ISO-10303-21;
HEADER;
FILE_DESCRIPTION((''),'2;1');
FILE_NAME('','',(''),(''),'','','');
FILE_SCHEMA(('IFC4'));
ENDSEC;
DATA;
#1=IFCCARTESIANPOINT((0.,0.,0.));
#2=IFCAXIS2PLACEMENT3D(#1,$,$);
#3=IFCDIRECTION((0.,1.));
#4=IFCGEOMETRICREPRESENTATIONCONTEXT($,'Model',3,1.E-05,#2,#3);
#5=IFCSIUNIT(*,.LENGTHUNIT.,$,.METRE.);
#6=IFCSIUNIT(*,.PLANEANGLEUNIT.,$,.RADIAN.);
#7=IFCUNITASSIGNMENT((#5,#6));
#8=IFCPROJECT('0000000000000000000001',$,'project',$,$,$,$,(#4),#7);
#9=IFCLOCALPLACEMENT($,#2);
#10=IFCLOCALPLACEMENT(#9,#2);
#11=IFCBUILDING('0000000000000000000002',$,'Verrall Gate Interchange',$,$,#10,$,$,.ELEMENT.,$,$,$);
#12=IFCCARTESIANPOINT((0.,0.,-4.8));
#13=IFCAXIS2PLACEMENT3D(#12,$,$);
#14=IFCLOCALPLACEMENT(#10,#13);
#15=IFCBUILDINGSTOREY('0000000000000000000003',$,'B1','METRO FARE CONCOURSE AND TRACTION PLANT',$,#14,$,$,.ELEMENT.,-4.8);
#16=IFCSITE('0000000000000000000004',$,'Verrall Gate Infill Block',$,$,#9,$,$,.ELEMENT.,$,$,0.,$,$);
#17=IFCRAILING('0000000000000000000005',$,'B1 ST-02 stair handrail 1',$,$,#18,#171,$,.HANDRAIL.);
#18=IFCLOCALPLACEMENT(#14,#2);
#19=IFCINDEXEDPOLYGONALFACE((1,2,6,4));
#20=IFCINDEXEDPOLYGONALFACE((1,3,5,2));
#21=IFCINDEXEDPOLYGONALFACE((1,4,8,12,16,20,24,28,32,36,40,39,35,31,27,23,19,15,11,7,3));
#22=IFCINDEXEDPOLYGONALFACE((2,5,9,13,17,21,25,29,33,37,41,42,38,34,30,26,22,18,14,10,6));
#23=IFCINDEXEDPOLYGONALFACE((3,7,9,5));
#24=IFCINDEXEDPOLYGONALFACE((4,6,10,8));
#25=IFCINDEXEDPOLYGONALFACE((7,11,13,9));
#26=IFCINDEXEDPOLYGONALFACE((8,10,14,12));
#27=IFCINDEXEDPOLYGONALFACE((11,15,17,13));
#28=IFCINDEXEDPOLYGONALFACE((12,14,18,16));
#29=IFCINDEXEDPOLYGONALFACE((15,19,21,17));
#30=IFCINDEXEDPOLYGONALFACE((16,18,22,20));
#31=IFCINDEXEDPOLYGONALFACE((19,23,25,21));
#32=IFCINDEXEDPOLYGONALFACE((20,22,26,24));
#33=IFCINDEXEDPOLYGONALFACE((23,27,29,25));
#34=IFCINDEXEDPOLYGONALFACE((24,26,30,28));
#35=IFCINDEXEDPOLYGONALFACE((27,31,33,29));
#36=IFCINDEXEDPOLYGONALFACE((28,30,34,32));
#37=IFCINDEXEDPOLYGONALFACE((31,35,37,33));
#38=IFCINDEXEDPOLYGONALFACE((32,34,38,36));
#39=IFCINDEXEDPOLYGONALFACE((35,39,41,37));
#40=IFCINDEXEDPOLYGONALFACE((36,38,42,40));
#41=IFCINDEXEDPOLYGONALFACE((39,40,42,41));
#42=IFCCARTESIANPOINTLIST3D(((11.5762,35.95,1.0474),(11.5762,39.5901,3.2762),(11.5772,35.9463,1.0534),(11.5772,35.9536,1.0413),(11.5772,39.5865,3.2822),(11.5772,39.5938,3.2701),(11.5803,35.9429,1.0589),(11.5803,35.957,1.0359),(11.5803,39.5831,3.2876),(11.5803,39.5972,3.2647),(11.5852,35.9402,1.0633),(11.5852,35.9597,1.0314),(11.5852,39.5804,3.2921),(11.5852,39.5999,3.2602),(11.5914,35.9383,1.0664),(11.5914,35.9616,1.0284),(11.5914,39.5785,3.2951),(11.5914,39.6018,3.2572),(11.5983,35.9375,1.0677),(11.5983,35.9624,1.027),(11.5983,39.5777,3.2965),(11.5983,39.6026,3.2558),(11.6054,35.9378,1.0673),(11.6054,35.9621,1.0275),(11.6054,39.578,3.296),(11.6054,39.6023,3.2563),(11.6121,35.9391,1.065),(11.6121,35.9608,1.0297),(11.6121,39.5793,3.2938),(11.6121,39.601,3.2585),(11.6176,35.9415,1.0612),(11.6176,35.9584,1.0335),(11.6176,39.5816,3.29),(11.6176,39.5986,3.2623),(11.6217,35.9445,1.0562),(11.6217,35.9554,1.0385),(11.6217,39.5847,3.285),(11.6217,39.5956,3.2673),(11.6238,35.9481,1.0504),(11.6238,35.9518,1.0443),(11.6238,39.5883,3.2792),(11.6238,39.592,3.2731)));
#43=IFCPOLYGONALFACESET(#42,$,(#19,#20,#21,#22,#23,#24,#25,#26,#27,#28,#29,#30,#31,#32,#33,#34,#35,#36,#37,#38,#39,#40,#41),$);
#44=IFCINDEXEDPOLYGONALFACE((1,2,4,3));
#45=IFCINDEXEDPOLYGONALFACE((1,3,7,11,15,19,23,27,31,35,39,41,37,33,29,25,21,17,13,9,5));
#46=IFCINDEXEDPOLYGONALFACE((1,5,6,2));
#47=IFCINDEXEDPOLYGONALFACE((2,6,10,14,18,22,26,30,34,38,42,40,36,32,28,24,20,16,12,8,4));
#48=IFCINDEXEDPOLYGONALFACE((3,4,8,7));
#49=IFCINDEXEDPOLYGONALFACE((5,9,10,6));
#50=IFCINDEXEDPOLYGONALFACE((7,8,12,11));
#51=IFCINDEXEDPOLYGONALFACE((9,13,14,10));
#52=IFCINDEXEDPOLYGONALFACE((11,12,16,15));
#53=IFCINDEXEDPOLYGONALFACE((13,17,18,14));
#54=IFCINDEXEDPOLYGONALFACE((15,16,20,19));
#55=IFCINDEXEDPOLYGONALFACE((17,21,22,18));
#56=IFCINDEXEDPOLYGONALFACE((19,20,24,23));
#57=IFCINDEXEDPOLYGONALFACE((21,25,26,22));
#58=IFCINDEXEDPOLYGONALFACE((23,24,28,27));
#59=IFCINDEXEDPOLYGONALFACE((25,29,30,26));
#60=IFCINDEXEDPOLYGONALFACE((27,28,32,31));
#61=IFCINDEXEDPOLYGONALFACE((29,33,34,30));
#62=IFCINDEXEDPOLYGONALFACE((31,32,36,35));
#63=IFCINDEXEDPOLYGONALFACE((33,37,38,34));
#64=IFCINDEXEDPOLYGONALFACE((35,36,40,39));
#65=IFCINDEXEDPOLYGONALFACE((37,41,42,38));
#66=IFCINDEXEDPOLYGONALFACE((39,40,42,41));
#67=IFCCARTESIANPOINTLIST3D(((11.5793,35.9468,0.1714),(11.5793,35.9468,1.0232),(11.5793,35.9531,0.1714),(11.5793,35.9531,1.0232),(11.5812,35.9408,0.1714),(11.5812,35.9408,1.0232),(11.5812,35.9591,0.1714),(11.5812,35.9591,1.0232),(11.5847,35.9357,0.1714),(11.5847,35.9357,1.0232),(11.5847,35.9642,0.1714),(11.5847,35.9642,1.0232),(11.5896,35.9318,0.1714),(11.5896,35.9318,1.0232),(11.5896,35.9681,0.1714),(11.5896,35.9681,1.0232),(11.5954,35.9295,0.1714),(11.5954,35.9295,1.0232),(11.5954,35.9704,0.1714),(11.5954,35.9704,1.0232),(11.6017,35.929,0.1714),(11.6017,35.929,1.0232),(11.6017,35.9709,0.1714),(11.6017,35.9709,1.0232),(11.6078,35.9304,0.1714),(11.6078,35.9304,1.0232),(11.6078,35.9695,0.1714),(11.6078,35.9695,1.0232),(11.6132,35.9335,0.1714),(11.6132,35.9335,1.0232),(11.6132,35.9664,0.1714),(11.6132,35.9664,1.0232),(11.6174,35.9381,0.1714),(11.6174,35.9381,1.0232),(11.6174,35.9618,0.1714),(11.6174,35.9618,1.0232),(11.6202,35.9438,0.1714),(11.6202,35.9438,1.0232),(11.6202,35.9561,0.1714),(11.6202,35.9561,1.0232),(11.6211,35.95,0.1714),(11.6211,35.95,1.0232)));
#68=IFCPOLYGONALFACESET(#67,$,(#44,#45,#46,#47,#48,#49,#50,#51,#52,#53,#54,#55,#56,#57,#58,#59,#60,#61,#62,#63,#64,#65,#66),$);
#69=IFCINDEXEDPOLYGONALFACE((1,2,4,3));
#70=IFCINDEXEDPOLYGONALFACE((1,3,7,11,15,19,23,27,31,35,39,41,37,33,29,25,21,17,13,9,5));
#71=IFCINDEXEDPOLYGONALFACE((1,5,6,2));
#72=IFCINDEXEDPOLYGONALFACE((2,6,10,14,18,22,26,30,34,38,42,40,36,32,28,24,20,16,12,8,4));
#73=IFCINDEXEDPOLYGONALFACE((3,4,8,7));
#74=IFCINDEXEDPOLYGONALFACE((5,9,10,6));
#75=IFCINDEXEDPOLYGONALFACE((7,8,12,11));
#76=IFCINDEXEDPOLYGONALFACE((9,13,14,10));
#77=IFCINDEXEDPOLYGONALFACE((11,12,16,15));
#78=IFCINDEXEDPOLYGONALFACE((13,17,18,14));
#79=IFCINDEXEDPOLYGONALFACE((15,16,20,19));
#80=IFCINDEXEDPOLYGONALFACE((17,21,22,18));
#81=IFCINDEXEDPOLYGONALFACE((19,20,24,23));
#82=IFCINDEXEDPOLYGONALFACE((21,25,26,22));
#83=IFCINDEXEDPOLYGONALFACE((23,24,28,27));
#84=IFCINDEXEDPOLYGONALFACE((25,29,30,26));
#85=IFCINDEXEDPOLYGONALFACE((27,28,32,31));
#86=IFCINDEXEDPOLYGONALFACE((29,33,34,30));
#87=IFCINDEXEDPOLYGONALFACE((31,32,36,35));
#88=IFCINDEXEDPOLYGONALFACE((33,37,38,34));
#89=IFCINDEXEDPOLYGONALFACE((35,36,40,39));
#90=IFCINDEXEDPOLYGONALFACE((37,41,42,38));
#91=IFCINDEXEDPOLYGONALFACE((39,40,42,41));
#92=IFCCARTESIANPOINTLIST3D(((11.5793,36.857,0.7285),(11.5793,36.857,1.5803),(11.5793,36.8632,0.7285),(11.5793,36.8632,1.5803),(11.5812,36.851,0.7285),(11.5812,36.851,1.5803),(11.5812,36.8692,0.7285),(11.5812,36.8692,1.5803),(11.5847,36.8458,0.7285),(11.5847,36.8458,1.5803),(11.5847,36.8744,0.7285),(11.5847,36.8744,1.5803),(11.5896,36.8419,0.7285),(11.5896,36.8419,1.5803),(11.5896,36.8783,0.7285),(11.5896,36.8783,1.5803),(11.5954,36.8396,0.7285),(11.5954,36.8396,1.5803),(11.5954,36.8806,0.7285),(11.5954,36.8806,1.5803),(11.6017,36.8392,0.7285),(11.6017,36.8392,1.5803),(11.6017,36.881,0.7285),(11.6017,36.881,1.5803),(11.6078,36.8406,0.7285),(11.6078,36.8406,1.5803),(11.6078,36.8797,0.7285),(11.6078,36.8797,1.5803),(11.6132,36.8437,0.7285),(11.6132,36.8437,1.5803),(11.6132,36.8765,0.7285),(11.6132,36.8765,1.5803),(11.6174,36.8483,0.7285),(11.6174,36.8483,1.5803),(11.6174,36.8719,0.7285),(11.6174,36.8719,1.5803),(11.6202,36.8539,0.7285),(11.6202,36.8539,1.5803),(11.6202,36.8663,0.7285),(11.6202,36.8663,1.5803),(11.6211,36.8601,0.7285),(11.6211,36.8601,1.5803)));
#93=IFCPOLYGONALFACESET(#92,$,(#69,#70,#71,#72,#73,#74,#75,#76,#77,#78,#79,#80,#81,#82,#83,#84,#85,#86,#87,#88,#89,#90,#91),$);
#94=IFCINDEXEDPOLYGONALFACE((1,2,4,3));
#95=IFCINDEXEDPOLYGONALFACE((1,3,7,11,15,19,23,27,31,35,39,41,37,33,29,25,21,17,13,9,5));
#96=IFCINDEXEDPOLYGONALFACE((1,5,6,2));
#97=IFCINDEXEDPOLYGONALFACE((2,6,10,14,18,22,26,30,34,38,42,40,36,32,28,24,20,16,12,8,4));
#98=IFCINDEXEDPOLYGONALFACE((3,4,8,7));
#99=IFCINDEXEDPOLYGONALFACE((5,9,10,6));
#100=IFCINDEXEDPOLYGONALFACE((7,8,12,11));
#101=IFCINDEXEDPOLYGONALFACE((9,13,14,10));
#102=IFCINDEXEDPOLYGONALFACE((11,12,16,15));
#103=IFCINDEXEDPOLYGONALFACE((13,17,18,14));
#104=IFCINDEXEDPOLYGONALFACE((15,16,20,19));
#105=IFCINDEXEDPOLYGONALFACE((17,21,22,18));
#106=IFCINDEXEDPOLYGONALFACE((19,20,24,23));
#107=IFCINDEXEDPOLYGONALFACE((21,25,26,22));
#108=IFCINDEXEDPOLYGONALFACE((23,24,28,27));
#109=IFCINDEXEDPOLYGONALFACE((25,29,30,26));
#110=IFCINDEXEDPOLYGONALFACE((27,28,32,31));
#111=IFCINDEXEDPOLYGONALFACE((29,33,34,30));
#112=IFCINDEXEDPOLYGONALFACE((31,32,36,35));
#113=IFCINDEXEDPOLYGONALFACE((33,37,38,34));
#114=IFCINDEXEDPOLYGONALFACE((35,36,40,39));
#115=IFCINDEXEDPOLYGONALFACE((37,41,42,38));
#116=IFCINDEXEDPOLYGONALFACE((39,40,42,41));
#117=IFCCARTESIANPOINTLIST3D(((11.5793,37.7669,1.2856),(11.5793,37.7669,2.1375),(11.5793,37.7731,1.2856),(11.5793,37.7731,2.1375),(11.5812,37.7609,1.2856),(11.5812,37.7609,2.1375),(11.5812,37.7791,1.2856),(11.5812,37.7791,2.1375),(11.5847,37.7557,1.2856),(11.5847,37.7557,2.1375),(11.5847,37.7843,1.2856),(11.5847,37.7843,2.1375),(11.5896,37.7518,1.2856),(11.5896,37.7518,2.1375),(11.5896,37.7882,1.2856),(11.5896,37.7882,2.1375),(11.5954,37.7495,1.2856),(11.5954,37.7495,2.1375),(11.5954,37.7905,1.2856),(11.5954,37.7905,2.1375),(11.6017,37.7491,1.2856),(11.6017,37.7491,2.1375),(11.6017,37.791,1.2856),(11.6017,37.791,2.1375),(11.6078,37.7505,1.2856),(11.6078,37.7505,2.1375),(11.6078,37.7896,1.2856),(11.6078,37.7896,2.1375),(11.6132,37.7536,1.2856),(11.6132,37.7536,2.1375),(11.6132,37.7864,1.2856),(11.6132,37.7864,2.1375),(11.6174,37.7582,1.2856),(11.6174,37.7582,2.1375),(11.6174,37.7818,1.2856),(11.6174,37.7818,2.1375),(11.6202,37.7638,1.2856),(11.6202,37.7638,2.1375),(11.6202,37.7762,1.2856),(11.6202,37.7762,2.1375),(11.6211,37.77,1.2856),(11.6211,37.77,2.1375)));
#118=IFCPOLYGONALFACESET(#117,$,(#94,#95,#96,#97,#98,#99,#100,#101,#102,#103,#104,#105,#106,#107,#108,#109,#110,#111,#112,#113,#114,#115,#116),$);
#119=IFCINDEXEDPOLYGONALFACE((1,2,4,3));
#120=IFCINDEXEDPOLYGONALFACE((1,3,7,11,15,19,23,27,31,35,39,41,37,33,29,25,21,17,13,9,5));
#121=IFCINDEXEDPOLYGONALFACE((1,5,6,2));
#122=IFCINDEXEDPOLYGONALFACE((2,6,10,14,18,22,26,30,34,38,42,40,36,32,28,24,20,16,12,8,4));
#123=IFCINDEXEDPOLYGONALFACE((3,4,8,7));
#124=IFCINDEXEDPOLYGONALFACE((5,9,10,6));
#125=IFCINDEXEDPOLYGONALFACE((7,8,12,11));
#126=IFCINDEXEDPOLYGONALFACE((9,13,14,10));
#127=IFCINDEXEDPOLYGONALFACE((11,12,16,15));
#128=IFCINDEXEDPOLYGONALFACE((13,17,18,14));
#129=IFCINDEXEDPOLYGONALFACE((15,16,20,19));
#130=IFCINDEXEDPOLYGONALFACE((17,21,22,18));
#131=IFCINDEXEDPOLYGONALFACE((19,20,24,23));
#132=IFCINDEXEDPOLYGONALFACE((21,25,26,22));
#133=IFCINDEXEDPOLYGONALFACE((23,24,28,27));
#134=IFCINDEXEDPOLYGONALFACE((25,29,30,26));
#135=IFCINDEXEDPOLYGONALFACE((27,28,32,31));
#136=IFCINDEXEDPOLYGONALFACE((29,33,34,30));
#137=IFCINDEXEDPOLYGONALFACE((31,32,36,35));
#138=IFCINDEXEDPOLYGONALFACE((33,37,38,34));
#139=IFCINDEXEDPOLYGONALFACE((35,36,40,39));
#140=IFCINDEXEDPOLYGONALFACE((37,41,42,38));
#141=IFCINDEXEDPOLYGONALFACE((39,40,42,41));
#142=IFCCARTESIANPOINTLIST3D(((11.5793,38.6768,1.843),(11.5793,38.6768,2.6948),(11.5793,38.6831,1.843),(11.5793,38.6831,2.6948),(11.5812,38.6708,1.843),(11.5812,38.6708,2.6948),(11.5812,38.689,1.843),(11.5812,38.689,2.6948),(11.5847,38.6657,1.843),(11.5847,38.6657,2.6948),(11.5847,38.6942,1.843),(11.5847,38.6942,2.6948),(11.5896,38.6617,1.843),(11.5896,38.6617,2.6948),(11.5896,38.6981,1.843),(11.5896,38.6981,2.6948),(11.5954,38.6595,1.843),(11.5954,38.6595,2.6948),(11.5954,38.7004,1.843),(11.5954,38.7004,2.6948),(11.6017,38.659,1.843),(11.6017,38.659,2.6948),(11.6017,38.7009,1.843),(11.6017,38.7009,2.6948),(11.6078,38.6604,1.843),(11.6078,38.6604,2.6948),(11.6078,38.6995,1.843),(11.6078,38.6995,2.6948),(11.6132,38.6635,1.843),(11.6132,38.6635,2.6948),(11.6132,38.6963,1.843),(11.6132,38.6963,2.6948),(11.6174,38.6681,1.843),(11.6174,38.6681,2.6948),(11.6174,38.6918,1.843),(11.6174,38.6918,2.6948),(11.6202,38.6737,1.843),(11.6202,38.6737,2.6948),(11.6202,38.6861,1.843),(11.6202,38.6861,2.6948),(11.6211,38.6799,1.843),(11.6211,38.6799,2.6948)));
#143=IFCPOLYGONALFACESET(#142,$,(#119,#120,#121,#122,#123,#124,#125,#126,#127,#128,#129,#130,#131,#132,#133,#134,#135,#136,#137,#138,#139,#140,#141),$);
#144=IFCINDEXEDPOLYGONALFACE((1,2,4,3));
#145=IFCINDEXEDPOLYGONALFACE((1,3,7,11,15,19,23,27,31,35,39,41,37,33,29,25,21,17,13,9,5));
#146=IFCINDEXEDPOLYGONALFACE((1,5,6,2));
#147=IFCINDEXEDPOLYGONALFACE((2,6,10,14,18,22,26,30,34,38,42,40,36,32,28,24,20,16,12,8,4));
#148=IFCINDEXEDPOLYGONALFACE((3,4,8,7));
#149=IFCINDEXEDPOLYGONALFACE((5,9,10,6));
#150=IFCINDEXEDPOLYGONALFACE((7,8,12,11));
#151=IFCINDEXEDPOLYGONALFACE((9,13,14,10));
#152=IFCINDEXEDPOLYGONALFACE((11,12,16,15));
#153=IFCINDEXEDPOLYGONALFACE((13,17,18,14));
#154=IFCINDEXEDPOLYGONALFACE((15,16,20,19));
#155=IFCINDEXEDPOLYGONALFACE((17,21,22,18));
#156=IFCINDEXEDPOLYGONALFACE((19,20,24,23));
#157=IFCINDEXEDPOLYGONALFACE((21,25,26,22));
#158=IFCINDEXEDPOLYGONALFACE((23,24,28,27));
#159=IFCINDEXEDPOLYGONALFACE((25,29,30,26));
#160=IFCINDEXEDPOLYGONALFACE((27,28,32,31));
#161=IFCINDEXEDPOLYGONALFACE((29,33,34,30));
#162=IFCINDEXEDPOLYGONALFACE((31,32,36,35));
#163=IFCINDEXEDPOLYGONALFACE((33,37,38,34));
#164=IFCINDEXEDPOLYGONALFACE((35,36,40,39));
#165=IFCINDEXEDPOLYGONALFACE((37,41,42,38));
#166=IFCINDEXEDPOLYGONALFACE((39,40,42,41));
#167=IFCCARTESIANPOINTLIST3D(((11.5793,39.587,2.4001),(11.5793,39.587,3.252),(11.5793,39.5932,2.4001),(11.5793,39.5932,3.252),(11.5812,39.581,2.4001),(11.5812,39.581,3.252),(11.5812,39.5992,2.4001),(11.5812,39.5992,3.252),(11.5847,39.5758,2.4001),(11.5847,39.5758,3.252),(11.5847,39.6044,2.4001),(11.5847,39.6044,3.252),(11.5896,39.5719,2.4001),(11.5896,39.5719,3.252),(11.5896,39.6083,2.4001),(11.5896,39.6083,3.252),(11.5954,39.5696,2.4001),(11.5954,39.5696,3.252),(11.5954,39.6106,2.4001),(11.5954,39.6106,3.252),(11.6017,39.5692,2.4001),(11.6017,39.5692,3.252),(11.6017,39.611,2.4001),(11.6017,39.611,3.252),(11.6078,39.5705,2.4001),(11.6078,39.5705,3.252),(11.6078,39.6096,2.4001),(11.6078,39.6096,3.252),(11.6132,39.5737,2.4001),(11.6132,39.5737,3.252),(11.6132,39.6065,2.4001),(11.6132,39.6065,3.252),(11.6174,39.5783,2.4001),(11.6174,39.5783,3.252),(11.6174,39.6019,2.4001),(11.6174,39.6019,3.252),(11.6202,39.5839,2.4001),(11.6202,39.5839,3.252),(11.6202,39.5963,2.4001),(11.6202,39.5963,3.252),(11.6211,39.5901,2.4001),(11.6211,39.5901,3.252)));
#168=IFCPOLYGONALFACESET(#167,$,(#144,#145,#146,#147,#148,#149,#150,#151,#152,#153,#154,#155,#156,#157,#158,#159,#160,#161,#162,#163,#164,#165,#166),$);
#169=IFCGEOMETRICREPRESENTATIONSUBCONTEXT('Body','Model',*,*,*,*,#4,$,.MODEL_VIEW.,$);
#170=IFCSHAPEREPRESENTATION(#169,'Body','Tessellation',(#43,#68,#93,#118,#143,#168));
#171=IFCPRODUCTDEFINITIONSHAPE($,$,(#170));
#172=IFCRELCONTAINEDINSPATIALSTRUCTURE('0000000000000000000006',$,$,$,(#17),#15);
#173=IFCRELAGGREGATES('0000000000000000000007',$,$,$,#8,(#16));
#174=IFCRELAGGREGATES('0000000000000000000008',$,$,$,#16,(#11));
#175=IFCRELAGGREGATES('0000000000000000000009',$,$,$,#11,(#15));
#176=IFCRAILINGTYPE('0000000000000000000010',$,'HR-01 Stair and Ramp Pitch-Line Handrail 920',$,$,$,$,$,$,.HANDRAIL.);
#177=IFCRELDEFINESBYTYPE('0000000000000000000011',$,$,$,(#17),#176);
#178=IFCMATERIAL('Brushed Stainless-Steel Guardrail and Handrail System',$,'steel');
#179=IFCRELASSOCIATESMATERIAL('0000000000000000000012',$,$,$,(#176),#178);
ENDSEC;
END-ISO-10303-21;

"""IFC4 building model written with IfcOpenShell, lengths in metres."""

from ifc_helpers import new_model, si_unit, direction, frame, origin, origin_2d, place, context, subcontext, project, spatial, circle, extrude, material, type_object, element, save


model = new_model("IFC4")

# Units and contexts
model_context = context("Model", 3, precision=1e-05, world=origin(), true_north=direction((0.0, 1.0)))
body_context = subcontext(model_context, "Body", "Model", "MODEL_VIEW")
ifc_project = project(units=[si_unit("LENGTHUNIT", "METRE"), si_unit("PLANEANGLEUNIT", "RADIAN")], contexts=[model_context])

# Site, building, storey
site_placement = place(None, origin())
site = spatial("IfcSite", under=ifc_project, at=site_placement, Name="Verrall Gate Infill Block", CompositionType="ELEMENT", RefElevation=0.0)
building_placement = place(site_placement, origin())
building = spatial("IfcBuilding", under=site, at=building_placement, Name="Verrall Gate Interchange", CompositionType="ELEMENT")
storey_placement = place(building_placement, frame((0.0, 0.0, -4.8)))
storey = spatial("IfcBuildingStorey", under=building, at=storey_placement, Name="B1", Description="METRO FARE CONCOURSE AND TRACTION PLANT", CompositionType="ELEMENT", Elevation=-4.8)

# Railing
ifc_material_1 = material(Name="Brushed Stainless-Steel Guardrail and Handrail System", Category="steel")
railing_type_1 = type_object("IfcRailingType", Name="HR-01 Stair and Ramp Pitch-Line Handrail 920", PredefinedType="HANDRAIL", material=ifc_material_1)
railing_1_placement = place(storey_placement, frame((11.6001, 35.95, 0.1714)))
element("IfcRailing", 1, at=railing_1_placement, inside=storey, type_object=railing_type_1, Name="B1 ST-02 stair handrail 1", PredefinedType="HANDRAIL", context=body_context, shape_type="SweptSolid", body=[
    extrude(circle(Radius=0.0239, at=origin_2d()), frame((0.0, 0.0, 0.876), z_axis=(0.0, 0.85284, 0.522172), x_axis=(-1.0, 0.0, 0.0)), (0.0, 0.0, 1.0), 4.2683),
    extrude(circle(Radius=0.021, at=origin_2d()), origin(), (0.0, 0.0, 1.0), 0.8518),
    extrude(circle(Radius=0.021, at=origin_2d()), frame((0.0, 0.9102, 0.5571)), (0.0, 0.0, 1.0), 0.8518),
    extrude(circle(Radius=0.021, at=origin_2d()), frame((0.0, 1.8201, 1.1143)), (0.0, 0.0, 1.0), 0.8518),
    extrude(circle(Radius=0.021, at=origin_2d()), frame((0.0, 2.73, 1.6716)), (0.0, 0.0, 1.0), 0.8518),
    extrude(circle(Radius=0.021, at=origin_2d()), frame((0.0, 3.6401, 2.2288)), (0.0, 0.0, 1.0), 0.8518),
])

save(model, "model.ifc")
